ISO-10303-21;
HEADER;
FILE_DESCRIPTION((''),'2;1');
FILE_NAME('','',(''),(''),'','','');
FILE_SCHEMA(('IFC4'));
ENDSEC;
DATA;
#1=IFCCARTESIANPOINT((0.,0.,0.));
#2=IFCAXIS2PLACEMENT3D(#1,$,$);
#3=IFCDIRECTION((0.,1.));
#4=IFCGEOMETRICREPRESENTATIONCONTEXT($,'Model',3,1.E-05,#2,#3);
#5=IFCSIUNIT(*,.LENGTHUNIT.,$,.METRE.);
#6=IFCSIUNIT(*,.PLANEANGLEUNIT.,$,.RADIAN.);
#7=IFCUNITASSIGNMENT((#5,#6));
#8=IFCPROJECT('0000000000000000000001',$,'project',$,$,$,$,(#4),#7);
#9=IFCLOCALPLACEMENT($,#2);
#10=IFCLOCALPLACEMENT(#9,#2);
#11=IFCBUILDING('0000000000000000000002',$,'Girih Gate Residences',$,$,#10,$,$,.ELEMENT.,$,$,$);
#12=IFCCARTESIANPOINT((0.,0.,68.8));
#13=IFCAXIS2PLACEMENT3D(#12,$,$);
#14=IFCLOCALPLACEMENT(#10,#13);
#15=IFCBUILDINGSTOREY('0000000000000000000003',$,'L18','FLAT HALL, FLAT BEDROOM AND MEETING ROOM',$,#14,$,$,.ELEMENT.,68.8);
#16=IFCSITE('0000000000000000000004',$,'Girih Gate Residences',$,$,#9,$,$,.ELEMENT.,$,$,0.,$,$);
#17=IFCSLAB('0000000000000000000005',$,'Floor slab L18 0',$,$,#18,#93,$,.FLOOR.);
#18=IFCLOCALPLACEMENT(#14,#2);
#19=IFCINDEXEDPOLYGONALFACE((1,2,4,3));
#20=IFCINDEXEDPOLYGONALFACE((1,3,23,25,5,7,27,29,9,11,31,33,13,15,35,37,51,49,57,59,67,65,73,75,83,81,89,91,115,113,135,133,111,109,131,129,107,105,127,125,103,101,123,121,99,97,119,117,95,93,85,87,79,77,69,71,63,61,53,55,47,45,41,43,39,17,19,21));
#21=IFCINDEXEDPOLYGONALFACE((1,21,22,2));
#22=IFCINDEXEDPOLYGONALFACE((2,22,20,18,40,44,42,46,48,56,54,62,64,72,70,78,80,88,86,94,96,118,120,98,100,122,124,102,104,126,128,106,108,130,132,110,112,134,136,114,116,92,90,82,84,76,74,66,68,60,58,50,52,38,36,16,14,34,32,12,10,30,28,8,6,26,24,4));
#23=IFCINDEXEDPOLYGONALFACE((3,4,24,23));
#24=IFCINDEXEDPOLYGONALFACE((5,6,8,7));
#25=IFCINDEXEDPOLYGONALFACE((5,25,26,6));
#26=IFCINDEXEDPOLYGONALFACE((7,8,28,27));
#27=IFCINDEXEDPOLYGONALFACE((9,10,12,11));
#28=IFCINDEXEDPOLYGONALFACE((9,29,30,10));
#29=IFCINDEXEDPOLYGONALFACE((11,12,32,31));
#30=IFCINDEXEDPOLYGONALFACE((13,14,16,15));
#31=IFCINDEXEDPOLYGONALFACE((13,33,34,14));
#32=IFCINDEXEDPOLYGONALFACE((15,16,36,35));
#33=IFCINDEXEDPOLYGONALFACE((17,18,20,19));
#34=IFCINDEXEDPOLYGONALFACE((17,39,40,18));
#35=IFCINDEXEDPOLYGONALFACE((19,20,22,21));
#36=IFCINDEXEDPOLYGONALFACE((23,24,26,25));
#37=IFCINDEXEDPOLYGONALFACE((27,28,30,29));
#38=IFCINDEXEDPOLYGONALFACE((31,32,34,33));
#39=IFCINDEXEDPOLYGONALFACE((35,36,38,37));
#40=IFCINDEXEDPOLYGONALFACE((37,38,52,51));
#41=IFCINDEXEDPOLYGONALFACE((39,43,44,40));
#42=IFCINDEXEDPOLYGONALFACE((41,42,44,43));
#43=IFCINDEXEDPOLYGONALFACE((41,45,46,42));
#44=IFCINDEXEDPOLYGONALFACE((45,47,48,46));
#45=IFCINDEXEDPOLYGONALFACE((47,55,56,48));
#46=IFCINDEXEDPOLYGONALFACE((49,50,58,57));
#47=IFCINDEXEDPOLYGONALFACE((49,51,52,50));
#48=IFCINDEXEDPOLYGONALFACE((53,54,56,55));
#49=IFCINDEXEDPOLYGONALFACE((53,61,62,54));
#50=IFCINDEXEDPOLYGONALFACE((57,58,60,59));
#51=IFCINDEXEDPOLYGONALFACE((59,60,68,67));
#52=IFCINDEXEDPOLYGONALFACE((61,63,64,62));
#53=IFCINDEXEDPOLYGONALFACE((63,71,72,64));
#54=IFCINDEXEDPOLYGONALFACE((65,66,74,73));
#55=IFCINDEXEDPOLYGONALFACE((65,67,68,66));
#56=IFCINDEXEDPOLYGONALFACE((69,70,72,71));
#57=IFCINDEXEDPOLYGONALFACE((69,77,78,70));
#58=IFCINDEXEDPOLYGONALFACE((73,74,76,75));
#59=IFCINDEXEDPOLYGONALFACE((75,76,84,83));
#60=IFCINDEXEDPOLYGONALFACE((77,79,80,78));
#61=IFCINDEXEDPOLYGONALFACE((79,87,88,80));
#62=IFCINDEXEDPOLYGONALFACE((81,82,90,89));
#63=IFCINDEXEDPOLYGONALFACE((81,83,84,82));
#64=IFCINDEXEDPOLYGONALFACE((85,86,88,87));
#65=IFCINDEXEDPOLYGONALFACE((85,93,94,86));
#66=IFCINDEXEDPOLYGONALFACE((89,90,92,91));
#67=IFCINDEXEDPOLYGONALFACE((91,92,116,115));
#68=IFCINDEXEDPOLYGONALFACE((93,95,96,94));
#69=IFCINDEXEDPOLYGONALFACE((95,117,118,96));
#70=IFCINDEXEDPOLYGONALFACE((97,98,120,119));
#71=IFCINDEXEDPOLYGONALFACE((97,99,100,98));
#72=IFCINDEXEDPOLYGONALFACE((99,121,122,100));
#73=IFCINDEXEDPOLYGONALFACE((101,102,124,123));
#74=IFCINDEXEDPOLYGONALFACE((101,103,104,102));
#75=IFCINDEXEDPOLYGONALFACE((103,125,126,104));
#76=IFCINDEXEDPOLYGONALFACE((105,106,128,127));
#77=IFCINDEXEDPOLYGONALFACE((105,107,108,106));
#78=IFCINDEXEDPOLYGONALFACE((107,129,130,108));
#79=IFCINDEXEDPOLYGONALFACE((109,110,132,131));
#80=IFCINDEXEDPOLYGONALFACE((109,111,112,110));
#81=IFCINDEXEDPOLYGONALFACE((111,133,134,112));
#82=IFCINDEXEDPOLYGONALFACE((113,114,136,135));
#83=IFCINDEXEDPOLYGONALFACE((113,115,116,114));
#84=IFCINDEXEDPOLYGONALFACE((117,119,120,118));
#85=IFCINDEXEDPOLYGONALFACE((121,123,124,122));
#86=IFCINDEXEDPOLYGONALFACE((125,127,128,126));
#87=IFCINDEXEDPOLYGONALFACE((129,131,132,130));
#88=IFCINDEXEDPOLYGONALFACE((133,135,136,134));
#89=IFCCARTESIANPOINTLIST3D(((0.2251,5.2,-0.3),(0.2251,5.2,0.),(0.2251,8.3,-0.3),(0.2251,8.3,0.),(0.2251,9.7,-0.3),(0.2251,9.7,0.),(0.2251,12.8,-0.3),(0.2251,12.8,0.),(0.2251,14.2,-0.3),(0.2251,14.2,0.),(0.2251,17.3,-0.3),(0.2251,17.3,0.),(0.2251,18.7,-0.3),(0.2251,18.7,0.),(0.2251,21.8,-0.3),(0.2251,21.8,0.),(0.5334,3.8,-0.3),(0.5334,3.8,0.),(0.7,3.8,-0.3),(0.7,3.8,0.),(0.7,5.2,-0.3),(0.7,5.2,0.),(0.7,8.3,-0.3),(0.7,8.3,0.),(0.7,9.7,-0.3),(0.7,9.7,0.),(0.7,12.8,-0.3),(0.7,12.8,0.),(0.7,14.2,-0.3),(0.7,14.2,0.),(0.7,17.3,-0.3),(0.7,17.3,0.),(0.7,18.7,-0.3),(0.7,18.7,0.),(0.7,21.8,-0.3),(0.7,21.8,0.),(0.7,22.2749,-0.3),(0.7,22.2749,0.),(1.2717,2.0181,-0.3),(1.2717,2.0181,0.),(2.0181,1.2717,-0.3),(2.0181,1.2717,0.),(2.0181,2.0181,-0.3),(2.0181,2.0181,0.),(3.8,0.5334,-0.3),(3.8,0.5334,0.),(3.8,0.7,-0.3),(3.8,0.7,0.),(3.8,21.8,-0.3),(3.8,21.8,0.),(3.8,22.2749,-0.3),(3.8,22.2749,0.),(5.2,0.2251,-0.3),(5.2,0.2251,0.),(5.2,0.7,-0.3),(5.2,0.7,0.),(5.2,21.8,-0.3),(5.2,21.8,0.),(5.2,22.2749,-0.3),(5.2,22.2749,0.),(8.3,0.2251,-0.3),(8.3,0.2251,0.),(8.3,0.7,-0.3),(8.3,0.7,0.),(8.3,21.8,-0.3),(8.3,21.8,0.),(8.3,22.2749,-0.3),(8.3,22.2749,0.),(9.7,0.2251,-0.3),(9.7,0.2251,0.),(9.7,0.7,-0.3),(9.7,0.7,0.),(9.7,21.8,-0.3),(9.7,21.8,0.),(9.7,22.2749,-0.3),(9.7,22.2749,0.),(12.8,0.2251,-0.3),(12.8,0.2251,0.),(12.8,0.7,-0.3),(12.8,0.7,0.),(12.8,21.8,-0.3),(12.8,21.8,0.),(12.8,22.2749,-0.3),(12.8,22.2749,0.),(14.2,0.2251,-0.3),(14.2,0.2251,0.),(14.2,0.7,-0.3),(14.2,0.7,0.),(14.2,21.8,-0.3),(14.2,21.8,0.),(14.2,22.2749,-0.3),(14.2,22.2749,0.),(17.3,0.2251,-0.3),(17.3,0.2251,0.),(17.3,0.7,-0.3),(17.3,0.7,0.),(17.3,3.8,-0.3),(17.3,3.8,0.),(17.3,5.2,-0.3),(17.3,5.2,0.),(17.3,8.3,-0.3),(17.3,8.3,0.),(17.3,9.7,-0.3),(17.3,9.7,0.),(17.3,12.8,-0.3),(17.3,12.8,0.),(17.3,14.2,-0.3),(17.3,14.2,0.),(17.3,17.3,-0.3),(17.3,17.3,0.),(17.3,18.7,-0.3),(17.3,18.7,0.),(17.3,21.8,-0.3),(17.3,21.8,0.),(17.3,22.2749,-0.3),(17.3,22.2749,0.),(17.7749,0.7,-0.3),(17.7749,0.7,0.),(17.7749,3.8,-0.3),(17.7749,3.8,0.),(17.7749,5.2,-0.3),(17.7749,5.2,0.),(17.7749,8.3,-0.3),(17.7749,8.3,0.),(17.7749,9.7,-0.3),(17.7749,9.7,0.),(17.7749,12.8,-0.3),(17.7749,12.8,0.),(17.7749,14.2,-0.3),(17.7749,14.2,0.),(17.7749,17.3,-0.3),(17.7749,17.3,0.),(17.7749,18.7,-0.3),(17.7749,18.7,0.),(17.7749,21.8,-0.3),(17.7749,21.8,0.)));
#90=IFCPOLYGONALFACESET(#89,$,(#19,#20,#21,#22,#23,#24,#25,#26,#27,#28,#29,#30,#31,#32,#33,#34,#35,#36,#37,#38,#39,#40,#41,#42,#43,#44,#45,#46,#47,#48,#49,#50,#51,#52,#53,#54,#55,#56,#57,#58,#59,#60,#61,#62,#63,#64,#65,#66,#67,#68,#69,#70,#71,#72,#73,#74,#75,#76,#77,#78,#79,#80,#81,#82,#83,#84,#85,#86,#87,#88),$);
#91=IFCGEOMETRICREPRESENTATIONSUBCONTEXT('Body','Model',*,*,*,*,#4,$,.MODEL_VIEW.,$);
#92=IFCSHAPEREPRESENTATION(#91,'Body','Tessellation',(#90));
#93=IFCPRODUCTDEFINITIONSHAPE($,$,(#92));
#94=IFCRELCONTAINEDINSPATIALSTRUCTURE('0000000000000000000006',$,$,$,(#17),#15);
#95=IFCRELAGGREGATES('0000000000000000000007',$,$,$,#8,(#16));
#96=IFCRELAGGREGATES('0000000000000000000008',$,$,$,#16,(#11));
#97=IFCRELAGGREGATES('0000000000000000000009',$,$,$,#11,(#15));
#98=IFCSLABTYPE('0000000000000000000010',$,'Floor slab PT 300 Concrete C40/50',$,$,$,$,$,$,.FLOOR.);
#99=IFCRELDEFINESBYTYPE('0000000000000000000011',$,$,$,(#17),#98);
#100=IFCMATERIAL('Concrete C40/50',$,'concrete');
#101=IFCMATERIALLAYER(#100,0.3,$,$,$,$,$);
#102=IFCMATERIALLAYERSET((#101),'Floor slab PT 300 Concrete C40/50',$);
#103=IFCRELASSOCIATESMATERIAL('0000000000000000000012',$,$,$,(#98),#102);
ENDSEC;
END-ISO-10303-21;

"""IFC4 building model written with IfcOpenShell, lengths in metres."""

from ifc_helpers import new_model, si_unit, direction, frame, origin, place, context, subcontext, project, spatial, polyline, outline, extrude, material, layer, layer_set, type_object, element, save


model = new_model("IFC4")

# Units and contexts
model_context = context("Model", 3, precision=1e-05, world=origin(), true_north=direction((0.0, 1.0)))
body_context = subcontext(model_context, "Body", "Model", "MODEL_VIEW")
ifc_project = project(units=[si_unit("LENGTHUNIT", "METRE"), si_unit("PLANEANGLEUNIT", "RADIAN")], contexts=[model_context])

# Site, building, storey
site_placement = place(None, origin())
site = spatial("IfcSite", under=ifc_project, at=site_placement, Name="Girih Gate Residences", CompositionType="ELEMENT", RefElevation=0.0)
building_placement = place(site_placement, origin())
building = spatial("IfcBuilding", under=site, at=building_placement, Name="Girih Gate Residences", CompositionType="ELEMENT")
storey_placement = place(building_placement, frame((0.0, 0.0, 68.8)))
storey = spatial("IfcBuildingStorey", under=building, at=storey_placement, Name="L18", Description="FLAT HALL, FLAT BEDROOM AND MEETING ROOM", CompositionType="ELEMENT", Elevation=68.8)

# Slab
ifc_material_1 = material(Name="Concrete C40/50", Category="concrete")
ifc_layer_1 = layer(ifc_material_1, 0.3)
ifc_layer_set_1 = layer_set([ifc_layer_1], Name="Floor slab PT 300 Concrete C40/50")
slab_type_1 = type_object("IfcSlabType", Name="Floor slab PT 300 Concrete C40/50", PredefinedType="FLOOR", material=ifc_layer_set_1)
slab_1_placement = place(storey_placement, frame((0.0, 0.0, -0.3)))
element("IfcSlab", 1, at=slab_1_placement, inside=storey, type_object=slab_type_1, Name="Floor slab L18 0", PredefinedType="FLOOR", context=body_context, shape_type="SweptSolid", body=[
    extrude(outline(polyline([(0.2251, 8.3), (0.2251, 5.2), (0.7, 5.2), (0.7, 3.8), (0.5334, 3.8), (1.2717, 2.0181), (2.0181, 2.0181), (2.0181, 1.2717), (3.8, 0.5334), (3.8, 0.7), (5.2, 0.7), (5.2, 0.2251), (8.3, 0.2251), (8.3, 0.7), (9.7, 0.7), (9.7, 0.2251), (12.8, 0.2251), (12.8, 0.7), (14.2, 0.7), (14.2, 0.2251), (17.3, 0.2251), (17.3, 0.7), (17.7749, 0.7), (17.7749, 3.8), (17.3, 3.8), (17.3, 5.2), (17.7749, 5.2), (17.7749, 8.3), (17.3, 8.3), (17.3, 9.7), (17.7749, 9.7), (17.7749, 12.8), (17.3, 12.8), (17.3, 14.2), (17.7749, 14.2), (17.7749, 17.3), (17.3, 17.3), (17.3, 18.7), (17.7749, 18.7), (17.7749, 21.8), (17.3, 21.8), (17.3, 22.2749), (14.2, 22.2749), (14.2, 21.8), (12.8, 21.8), (12.8, 22.2749), (9.7, 22.2749), (9.7, 21.8), (8.3, 21.8), (8.3, 22.2749), (5.2, 22.2749), (5.2, 21.8), (3.8, 21.8), (3.8, 22.2749), (0.7, 22.2749), (0.7, 21.8), (0.2251, 21.8), (0.2251, 18.7), (0.7, 18.7), (0.7, 17.3), (0.2251, 17.3), (0.2251, 14.2), (0.7, 14.2), (0.7, 12.8), (0.2251, 12.8), (0.2251, 9.7), (0.7, 9.7), (0.7, 8.3), (0.2251, 8.3)])), origin(), (0.0, 0.0, 1.0), 0.3),
])

save(model, "model.ifc")
